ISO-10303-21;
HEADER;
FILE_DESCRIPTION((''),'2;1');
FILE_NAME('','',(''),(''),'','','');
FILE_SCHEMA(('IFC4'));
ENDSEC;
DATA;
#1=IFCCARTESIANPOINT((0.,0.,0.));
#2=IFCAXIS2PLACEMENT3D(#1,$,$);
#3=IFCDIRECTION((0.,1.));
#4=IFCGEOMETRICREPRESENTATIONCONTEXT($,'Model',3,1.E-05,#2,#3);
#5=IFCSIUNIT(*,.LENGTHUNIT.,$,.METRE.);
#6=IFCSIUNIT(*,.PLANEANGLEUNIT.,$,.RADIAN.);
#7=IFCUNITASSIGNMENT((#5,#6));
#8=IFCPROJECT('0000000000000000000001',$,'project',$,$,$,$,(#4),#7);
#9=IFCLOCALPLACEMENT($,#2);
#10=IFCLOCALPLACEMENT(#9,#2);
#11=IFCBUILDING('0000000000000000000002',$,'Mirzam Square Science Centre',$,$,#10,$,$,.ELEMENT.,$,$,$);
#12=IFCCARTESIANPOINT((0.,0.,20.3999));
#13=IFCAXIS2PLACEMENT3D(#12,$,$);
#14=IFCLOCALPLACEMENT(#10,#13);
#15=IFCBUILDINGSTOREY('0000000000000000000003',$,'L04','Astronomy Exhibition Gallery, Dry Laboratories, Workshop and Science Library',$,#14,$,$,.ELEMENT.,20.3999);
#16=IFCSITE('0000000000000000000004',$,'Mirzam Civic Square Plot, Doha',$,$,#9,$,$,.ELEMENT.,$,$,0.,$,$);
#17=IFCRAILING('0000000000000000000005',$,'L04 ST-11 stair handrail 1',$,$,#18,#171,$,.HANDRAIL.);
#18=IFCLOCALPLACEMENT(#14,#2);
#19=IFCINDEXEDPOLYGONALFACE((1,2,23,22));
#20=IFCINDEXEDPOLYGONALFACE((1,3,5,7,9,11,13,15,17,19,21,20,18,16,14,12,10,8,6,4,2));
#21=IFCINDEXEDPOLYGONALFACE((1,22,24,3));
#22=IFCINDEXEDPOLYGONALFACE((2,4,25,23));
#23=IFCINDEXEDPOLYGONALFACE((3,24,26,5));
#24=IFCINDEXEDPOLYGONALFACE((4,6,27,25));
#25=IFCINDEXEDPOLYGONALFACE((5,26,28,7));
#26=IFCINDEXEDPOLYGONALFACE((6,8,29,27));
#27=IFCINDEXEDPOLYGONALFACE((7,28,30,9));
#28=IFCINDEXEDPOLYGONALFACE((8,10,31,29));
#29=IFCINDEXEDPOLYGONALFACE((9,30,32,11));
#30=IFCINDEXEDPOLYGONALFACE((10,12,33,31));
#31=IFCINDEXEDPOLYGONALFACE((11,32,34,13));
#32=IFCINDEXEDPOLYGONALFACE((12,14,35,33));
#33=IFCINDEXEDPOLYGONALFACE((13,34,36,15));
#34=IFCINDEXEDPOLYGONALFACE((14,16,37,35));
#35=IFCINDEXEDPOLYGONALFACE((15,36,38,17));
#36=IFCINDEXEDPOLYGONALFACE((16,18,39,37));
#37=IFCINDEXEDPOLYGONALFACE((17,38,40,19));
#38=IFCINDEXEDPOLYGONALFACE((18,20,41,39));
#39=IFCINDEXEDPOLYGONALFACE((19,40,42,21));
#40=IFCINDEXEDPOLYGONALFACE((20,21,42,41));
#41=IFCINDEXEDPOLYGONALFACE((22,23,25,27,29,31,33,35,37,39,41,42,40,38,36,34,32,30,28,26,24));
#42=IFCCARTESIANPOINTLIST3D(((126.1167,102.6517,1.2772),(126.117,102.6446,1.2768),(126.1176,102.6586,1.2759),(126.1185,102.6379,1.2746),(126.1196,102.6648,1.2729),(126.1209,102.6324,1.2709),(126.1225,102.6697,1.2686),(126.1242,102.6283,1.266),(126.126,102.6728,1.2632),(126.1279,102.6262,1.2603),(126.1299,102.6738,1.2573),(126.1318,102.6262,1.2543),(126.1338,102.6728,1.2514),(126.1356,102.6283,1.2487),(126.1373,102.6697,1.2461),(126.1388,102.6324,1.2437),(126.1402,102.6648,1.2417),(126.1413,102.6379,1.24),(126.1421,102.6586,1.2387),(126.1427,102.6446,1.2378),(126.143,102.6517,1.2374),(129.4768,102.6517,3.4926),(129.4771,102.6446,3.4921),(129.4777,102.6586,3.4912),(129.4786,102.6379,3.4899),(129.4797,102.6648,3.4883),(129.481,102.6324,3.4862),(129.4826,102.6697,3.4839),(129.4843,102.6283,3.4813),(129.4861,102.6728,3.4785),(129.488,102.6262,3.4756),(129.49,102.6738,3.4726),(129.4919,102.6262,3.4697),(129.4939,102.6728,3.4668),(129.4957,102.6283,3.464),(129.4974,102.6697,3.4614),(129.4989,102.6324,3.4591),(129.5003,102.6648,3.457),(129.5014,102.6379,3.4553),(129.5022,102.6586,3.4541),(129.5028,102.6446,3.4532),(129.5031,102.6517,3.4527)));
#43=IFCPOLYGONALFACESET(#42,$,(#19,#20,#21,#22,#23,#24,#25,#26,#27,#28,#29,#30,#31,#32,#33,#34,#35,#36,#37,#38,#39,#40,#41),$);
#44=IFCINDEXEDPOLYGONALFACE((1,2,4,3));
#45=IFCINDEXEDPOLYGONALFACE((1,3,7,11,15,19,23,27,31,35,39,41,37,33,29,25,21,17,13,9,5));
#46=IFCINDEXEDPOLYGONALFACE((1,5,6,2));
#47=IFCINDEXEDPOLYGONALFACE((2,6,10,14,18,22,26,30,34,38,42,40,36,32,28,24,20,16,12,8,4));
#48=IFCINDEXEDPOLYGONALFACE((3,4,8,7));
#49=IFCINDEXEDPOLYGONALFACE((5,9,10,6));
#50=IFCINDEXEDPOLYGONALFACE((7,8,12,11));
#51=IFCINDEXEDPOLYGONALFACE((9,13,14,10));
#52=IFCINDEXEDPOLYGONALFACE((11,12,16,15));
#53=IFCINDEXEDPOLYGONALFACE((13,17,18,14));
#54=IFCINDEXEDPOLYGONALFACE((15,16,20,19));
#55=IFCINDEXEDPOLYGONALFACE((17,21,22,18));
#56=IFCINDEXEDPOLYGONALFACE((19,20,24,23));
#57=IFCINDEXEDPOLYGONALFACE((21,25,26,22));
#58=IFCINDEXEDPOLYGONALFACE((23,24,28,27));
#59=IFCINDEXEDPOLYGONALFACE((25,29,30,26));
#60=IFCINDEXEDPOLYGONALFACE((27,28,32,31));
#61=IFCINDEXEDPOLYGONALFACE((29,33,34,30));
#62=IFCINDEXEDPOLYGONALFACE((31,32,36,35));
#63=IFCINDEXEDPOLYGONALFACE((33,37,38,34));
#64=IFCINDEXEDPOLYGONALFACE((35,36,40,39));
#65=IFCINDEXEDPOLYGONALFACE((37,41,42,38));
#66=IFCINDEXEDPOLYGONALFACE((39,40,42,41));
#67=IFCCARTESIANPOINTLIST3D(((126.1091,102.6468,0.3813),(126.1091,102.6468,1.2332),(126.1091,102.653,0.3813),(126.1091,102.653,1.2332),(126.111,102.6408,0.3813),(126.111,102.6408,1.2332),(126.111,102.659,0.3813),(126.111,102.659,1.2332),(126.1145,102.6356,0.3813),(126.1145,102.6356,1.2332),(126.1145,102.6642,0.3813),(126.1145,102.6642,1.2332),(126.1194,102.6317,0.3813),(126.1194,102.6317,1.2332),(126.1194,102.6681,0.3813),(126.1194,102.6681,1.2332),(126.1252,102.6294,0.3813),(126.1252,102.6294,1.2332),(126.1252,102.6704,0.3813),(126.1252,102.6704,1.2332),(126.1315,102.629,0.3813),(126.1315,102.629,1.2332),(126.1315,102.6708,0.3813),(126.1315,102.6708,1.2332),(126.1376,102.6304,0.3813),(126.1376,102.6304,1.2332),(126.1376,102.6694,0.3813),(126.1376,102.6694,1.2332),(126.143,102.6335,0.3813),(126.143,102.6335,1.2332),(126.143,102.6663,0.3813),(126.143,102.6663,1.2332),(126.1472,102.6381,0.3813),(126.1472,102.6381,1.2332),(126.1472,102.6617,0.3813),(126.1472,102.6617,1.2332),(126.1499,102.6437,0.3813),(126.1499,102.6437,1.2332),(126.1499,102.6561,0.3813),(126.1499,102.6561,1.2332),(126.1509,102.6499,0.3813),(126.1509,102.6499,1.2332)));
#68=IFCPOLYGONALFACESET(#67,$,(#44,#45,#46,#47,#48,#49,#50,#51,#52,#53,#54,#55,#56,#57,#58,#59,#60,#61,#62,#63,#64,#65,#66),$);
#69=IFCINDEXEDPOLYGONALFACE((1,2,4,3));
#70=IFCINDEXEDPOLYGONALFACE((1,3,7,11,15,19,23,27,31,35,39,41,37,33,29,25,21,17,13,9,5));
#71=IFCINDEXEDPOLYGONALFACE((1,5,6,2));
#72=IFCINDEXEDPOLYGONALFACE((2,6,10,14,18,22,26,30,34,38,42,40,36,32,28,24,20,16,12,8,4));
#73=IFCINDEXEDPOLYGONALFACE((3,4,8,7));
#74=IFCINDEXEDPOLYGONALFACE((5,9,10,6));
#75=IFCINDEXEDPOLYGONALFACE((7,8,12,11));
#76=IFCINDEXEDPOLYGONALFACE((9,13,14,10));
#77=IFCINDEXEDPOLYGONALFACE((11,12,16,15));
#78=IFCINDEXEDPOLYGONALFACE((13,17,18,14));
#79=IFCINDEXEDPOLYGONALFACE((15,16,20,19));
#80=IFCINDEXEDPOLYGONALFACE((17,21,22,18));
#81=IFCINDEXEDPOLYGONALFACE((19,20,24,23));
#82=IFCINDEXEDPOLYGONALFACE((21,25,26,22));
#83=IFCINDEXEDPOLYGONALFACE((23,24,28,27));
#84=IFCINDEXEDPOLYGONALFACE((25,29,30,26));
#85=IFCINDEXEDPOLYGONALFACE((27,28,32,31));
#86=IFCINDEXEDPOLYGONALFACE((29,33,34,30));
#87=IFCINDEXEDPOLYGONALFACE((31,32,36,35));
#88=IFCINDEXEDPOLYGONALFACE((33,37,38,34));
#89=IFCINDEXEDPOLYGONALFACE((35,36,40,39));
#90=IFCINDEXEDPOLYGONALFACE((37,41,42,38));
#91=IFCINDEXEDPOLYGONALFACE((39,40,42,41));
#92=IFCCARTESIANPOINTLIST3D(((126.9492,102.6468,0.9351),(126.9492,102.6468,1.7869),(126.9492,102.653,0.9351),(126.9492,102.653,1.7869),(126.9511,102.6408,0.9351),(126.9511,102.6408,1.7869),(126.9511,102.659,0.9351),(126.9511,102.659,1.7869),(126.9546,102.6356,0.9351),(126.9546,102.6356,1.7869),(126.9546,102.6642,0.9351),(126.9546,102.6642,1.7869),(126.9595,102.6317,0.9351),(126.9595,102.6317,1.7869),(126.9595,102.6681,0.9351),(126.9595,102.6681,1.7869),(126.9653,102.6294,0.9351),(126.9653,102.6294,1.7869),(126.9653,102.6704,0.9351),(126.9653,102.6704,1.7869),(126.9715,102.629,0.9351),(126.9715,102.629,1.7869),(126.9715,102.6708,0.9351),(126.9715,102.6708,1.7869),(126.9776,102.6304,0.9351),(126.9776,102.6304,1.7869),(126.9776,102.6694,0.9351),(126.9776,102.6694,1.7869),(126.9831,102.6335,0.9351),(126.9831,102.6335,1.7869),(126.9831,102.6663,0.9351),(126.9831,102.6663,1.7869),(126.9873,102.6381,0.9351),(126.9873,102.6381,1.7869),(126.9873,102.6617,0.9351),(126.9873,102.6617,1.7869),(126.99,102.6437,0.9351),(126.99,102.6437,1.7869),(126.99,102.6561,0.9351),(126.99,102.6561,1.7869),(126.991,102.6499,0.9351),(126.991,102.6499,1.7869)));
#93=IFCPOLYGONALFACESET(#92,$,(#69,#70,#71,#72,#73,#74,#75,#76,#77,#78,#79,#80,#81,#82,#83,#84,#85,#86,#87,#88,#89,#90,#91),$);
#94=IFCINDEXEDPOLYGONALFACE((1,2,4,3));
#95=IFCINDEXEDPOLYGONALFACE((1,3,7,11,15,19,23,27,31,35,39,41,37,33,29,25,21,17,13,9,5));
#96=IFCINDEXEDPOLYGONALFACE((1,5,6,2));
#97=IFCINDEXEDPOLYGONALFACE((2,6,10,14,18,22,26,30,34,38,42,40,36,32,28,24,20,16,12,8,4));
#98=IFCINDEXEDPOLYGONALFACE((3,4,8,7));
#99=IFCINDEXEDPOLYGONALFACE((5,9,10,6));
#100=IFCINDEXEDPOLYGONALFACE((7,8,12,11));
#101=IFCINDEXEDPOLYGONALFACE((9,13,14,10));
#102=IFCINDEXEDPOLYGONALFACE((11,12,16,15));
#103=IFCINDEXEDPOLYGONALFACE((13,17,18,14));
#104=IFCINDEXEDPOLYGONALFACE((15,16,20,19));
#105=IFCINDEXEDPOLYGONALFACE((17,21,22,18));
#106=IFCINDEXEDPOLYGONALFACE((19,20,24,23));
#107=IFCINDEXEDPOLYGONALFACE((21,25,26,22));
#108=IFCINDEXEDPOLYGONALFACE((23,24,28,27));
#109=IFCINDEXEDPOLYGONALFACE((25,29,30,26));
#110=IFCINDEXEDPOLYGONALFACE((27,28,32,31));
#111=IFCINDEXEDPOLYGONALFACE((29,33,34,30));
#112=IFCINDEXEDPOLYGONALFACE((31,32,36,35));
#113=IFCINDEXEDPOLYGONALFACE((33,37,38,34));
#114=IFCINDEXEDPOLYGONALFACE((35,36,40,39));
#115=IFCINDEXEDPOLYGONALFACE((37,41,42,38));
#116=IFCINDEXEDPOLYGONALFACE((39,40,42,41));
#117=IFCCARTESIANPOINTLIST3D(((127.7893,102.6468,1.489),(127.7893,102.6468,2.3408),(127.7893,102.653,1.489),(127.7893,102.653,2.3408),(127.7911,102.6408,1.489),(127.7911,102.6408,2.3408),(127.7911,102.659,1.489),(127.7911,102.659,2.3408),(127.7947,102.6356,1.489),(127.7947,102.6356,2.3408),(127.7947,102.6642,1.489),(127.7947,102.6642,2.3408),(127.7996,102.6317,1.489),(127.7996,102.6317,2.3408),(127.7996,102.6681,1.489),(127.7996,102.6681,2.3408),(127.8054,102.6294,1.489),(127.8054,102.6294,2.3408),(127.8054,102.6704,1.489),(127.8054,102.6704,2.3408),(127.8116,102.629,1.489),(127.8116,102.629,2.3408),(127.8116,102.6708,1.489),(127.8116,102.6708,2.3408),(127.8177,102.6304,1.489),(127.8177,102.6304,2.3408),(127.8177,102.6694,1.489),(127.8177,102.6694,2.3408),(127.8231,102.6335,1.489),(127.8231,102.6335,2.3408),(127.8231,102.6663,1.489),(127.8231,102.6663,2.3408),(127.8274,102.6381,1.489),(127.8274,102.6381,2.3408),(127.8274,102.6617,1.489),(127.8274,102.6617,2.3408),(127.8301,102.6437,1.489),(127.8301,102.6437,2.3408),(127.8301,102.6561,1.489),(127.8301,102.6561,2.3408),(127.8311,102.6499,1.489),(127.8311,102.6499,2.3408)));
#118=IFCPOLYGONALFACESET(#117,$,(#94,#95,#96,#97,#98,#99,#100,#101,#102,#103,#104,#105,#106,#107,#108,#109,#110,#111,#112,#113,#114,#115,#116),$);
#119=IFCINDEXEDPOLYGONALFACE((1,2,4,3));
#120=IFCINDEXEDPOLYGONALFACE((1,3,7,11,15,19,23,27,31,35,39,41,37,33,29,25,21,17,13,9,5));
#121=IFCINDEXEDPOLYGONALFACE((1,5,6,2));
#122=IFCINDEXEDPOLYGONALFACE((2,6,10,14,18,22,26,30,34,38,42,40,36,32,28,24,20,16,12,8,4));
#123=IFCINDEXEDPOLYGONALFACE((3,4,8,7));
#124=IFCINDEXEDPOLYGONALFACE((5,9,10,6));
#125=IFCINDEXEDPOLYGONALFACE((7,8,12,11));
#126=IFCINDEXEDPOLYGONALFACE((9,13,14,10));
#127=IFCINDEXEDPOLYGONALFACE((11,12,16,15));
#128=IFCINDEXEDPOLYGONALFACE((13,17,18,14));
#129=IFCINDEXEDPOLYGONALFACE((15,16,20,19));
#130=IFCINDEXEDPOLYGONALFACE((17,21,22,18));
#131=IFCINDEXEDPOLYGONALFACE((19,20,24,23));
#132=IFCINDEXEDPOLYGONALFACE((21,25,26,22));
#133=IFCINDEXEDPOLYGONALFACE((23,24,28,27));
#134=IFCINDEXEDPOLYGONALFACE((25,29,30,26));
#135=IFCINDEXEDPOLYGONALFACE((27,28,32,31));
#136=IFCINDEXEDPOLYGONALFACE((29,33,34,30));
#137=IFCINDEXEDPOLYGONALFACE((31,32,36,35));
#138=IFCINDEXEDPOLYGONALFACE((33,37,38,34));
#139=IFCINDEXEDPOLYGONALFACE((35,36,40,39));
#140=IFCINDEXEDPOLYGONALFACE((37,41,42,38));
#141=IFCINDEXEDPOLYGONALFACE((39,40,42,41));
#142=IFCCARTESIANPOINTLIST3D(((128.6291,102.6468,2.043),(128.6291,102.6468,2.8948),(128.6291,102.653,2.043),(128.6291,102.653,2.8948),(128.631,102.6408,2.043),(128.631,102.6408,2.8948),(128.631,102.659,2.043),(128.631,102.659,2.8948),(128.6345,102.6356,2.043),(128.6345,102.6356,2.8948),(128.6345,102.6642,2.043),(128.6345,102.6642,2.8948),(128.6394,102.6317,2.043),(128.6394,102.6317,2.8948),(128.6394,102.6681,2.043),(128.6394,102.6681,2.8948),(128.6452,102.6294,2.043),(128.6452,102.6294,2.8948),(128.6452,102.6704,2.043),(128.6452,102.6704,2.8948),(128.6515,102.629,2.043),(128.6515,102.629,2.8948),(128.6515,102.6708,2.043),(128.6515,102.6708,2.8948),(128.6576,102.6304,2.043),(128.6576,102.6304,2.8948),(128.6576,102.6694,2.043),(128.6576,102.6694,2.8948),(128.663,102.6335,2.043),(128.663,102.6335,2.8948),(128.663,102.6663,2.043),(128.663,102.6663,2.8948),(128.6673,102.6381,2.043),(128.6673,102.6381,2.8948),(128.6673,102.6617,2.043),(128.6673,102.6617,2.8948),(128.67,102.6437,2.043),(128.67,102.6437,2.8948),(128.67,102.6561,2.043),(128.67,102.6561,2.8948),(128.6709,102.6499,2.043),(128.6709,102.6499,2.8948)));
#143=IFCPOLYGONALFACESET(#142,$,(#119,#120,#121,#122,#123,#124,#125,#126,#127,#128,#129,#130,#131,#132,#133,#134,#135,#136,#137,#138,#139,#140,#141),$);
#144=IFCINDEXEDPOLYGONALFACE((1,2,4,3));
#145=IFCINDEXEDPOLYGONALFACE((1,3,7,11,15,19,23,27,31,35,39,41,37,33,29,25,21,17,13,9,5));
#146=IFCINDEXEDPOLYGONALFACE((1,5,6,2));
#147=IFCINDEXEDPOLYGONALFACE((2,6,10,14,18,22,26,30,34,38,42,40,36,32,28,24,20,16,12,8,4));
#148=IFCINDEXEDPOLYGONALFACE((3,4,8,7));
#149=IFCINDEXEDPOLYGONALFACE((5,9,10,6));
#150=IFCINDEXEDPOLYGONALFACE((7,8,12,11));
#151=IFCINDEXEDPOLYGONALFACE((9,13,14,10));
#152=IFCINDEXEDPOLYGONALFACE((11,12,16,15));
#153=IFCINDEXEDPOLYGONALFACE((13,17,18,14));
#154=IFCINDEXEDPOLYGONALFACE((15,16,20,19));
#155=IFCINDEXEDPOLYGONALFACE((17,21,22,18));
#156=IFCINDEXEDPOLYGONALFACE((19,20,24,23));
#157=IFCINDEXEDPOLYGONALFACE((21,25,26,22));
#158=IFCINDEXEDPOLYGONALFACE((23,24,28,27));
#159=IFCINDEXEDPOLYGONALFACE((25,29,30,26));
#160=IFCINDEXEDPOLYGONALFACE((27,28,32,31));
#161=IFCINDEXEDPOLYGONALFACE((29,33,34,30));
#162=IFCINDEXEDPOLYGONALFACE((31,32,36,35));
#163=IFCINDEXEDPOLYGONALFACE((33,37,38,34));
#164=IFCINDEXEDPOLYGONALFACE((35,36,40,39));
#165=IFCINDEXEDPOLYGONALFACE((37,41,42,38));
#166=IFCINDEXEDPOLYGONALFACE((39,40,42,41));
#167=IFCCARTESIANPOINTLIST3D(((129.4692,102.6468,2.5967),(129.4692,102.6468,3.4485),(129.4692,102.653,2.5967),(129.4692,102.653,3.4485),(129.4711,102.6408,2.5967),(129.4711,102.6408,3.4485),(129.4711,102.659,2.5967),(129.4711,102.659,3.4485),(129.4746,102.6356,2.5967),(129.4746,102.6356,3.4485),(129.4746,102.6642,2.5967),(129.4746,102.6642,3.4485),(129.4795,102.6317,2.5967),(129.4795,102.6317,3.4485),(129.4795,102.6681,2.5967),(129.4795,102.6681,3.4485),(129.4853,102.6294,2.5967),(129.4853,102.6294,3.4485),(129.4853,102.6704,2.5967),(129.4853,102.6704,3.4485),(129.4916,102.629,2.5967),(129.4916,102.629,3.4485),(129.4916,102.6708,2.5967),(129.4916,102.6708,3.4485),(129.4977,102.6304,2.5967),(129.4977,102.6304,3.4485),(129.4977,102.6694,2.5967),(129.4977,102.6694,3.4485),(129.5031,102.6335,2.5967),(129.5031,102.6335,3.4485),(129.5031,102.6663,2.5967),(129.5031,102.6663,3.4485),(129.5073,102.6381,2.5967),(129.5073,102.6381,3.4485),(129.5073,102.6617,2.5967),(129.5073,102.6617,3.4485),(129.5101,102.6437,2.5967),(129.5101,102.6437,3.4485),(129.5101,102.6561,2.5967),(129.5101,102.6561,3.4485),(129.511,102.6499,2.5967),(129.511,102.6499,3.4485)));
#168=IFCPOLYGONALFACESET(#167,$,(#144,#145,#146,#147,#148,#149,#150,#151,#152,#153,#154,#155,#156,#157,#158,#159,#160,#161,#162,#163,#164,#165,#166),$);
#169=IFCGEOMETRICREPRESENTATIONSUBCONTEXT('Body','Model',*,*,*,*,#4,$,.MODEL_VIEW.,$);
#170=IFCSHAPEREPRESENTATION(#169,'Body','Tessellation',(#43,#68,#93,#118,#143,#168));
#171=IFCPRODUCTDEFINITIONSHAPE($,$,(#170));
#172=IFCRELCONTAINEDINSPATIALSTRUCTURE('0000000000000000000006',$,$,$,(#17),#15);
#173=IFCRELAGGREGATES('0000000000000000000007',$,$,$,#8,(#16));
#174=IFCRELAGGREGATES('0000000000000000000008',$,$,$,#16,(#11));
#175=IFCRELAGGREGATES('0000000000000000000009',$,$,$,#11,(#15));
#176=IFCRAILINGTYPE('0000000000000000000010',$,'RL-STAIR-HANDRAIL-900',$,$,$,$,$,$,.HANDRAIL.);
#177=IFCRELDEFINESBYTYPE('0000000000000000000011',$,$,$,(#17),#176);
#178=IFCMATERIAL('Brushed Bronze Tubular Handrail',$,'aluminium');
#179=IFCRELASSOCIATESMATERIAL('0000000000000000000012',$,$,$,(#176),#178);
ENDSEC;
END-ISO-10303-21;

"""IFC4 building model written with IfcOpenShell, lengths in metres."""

from ifc_helpers import new_model, si_unit, direction, frame, origin, origin_2d, place, context, subcontext, project, spatial, circle, extrude, material, type_object, element, save


model = new_model("IFC4")

# Units and contexts
model_context = context("Model", 3, precision=1e-05, world=origin(), true_north=direction((0.0, 1.0)))
body_context = subcontext(model_context, "Body", "Model", "MODEL_VIEW")
ifc_project = project(units=[si_unit("LENGTHUNIT", "METRE"), si_unit("PLANEANGLEUNIT", "RADIAN")], contexts=[model_context])

# Site, building, storey
site_placement = place(None, origin())
site = spatial("IfcSite", under=ifc_project, at=site_placement, Name="Mirzam Civic Square Plot, Doha", CompositionType="ELEMENT", RefElevation=0.0)
building_placement = place(site_placement, origin())
building = spatial("IfcBuilding", under=site, at=building_placement, Name="Mirzam Square Science Centre", CompositionType="ELEMENT")
storey_placement = place(building_placement, frame((0.0, 0.0, 20.3999)))
storey = spatial("IfcBuildingStorey", under=building, at=storey_placement, Name="L04", Description="Astronomy Exhibition Gallery, Dry Laboratories, Workshop and Science Library", CompositionType="ELEMENT", Elevation=20.3999)

# Railing
ifc_material_1 = material(Name="Brushed Bronze Tubular Handrail", Category="aluminium")
railing_type_1 = type_object("IfcRailingType", Name="RL-STAIR-HANDRAIL-900", PredefinedType="HANDRAIL", material=ifc_material_1)
railing_1_placement = place(storey_placement, frame((126.1299, 102.6499, 0.3813)))
element("IfcRailing", 1, at=railing_1_placement, inside=storey, type_object=railing_type_1, Name="L04 ST-11 stair handrail 1", PredefinedType="HANDRAIL", context=body_context, shape_type="SweptSolid", body=[
    extrude(circle(Radius=0.0239, at=origin_2d()), frame((0.0, 0.0, 0.876), z_axis=(0.834876, 0.0, 0.550437), x_axis=(0.0, 1.0, 0.0)), (0.0, 0.0, 1.0), 4.0247),
    extrude(circle(Radius=0.021, at=origin_2d()), origin(), (0.0, 0.0, 1.0), 0.8518),
    extrude(circle(Radius=0.021, at=origin_2d()), frame((0.8401, 0.0, 0.5537)), (0.0, 0.0, 1.0), 0.8518),
    extrude(circle(Radius=0.021, at=origin_2d()), frame((1.6802, 0.0, 1.1077)), (0.0, 0.0, 1.0), 0.8518),
    extrude(circle(Radius=0.021, at=origin_2d()), frame((2.52, 0.0, 1.6616)), (0.0, 0.0, 1.0), 0.8518),
    extrude(circle(Radius=0.021, at=origin_2d()), frame((3.3601, 0.0, 2.2153)), (0.0, 0.0, 1.0), 0.8518),
])

save(model, "model.ifc")
